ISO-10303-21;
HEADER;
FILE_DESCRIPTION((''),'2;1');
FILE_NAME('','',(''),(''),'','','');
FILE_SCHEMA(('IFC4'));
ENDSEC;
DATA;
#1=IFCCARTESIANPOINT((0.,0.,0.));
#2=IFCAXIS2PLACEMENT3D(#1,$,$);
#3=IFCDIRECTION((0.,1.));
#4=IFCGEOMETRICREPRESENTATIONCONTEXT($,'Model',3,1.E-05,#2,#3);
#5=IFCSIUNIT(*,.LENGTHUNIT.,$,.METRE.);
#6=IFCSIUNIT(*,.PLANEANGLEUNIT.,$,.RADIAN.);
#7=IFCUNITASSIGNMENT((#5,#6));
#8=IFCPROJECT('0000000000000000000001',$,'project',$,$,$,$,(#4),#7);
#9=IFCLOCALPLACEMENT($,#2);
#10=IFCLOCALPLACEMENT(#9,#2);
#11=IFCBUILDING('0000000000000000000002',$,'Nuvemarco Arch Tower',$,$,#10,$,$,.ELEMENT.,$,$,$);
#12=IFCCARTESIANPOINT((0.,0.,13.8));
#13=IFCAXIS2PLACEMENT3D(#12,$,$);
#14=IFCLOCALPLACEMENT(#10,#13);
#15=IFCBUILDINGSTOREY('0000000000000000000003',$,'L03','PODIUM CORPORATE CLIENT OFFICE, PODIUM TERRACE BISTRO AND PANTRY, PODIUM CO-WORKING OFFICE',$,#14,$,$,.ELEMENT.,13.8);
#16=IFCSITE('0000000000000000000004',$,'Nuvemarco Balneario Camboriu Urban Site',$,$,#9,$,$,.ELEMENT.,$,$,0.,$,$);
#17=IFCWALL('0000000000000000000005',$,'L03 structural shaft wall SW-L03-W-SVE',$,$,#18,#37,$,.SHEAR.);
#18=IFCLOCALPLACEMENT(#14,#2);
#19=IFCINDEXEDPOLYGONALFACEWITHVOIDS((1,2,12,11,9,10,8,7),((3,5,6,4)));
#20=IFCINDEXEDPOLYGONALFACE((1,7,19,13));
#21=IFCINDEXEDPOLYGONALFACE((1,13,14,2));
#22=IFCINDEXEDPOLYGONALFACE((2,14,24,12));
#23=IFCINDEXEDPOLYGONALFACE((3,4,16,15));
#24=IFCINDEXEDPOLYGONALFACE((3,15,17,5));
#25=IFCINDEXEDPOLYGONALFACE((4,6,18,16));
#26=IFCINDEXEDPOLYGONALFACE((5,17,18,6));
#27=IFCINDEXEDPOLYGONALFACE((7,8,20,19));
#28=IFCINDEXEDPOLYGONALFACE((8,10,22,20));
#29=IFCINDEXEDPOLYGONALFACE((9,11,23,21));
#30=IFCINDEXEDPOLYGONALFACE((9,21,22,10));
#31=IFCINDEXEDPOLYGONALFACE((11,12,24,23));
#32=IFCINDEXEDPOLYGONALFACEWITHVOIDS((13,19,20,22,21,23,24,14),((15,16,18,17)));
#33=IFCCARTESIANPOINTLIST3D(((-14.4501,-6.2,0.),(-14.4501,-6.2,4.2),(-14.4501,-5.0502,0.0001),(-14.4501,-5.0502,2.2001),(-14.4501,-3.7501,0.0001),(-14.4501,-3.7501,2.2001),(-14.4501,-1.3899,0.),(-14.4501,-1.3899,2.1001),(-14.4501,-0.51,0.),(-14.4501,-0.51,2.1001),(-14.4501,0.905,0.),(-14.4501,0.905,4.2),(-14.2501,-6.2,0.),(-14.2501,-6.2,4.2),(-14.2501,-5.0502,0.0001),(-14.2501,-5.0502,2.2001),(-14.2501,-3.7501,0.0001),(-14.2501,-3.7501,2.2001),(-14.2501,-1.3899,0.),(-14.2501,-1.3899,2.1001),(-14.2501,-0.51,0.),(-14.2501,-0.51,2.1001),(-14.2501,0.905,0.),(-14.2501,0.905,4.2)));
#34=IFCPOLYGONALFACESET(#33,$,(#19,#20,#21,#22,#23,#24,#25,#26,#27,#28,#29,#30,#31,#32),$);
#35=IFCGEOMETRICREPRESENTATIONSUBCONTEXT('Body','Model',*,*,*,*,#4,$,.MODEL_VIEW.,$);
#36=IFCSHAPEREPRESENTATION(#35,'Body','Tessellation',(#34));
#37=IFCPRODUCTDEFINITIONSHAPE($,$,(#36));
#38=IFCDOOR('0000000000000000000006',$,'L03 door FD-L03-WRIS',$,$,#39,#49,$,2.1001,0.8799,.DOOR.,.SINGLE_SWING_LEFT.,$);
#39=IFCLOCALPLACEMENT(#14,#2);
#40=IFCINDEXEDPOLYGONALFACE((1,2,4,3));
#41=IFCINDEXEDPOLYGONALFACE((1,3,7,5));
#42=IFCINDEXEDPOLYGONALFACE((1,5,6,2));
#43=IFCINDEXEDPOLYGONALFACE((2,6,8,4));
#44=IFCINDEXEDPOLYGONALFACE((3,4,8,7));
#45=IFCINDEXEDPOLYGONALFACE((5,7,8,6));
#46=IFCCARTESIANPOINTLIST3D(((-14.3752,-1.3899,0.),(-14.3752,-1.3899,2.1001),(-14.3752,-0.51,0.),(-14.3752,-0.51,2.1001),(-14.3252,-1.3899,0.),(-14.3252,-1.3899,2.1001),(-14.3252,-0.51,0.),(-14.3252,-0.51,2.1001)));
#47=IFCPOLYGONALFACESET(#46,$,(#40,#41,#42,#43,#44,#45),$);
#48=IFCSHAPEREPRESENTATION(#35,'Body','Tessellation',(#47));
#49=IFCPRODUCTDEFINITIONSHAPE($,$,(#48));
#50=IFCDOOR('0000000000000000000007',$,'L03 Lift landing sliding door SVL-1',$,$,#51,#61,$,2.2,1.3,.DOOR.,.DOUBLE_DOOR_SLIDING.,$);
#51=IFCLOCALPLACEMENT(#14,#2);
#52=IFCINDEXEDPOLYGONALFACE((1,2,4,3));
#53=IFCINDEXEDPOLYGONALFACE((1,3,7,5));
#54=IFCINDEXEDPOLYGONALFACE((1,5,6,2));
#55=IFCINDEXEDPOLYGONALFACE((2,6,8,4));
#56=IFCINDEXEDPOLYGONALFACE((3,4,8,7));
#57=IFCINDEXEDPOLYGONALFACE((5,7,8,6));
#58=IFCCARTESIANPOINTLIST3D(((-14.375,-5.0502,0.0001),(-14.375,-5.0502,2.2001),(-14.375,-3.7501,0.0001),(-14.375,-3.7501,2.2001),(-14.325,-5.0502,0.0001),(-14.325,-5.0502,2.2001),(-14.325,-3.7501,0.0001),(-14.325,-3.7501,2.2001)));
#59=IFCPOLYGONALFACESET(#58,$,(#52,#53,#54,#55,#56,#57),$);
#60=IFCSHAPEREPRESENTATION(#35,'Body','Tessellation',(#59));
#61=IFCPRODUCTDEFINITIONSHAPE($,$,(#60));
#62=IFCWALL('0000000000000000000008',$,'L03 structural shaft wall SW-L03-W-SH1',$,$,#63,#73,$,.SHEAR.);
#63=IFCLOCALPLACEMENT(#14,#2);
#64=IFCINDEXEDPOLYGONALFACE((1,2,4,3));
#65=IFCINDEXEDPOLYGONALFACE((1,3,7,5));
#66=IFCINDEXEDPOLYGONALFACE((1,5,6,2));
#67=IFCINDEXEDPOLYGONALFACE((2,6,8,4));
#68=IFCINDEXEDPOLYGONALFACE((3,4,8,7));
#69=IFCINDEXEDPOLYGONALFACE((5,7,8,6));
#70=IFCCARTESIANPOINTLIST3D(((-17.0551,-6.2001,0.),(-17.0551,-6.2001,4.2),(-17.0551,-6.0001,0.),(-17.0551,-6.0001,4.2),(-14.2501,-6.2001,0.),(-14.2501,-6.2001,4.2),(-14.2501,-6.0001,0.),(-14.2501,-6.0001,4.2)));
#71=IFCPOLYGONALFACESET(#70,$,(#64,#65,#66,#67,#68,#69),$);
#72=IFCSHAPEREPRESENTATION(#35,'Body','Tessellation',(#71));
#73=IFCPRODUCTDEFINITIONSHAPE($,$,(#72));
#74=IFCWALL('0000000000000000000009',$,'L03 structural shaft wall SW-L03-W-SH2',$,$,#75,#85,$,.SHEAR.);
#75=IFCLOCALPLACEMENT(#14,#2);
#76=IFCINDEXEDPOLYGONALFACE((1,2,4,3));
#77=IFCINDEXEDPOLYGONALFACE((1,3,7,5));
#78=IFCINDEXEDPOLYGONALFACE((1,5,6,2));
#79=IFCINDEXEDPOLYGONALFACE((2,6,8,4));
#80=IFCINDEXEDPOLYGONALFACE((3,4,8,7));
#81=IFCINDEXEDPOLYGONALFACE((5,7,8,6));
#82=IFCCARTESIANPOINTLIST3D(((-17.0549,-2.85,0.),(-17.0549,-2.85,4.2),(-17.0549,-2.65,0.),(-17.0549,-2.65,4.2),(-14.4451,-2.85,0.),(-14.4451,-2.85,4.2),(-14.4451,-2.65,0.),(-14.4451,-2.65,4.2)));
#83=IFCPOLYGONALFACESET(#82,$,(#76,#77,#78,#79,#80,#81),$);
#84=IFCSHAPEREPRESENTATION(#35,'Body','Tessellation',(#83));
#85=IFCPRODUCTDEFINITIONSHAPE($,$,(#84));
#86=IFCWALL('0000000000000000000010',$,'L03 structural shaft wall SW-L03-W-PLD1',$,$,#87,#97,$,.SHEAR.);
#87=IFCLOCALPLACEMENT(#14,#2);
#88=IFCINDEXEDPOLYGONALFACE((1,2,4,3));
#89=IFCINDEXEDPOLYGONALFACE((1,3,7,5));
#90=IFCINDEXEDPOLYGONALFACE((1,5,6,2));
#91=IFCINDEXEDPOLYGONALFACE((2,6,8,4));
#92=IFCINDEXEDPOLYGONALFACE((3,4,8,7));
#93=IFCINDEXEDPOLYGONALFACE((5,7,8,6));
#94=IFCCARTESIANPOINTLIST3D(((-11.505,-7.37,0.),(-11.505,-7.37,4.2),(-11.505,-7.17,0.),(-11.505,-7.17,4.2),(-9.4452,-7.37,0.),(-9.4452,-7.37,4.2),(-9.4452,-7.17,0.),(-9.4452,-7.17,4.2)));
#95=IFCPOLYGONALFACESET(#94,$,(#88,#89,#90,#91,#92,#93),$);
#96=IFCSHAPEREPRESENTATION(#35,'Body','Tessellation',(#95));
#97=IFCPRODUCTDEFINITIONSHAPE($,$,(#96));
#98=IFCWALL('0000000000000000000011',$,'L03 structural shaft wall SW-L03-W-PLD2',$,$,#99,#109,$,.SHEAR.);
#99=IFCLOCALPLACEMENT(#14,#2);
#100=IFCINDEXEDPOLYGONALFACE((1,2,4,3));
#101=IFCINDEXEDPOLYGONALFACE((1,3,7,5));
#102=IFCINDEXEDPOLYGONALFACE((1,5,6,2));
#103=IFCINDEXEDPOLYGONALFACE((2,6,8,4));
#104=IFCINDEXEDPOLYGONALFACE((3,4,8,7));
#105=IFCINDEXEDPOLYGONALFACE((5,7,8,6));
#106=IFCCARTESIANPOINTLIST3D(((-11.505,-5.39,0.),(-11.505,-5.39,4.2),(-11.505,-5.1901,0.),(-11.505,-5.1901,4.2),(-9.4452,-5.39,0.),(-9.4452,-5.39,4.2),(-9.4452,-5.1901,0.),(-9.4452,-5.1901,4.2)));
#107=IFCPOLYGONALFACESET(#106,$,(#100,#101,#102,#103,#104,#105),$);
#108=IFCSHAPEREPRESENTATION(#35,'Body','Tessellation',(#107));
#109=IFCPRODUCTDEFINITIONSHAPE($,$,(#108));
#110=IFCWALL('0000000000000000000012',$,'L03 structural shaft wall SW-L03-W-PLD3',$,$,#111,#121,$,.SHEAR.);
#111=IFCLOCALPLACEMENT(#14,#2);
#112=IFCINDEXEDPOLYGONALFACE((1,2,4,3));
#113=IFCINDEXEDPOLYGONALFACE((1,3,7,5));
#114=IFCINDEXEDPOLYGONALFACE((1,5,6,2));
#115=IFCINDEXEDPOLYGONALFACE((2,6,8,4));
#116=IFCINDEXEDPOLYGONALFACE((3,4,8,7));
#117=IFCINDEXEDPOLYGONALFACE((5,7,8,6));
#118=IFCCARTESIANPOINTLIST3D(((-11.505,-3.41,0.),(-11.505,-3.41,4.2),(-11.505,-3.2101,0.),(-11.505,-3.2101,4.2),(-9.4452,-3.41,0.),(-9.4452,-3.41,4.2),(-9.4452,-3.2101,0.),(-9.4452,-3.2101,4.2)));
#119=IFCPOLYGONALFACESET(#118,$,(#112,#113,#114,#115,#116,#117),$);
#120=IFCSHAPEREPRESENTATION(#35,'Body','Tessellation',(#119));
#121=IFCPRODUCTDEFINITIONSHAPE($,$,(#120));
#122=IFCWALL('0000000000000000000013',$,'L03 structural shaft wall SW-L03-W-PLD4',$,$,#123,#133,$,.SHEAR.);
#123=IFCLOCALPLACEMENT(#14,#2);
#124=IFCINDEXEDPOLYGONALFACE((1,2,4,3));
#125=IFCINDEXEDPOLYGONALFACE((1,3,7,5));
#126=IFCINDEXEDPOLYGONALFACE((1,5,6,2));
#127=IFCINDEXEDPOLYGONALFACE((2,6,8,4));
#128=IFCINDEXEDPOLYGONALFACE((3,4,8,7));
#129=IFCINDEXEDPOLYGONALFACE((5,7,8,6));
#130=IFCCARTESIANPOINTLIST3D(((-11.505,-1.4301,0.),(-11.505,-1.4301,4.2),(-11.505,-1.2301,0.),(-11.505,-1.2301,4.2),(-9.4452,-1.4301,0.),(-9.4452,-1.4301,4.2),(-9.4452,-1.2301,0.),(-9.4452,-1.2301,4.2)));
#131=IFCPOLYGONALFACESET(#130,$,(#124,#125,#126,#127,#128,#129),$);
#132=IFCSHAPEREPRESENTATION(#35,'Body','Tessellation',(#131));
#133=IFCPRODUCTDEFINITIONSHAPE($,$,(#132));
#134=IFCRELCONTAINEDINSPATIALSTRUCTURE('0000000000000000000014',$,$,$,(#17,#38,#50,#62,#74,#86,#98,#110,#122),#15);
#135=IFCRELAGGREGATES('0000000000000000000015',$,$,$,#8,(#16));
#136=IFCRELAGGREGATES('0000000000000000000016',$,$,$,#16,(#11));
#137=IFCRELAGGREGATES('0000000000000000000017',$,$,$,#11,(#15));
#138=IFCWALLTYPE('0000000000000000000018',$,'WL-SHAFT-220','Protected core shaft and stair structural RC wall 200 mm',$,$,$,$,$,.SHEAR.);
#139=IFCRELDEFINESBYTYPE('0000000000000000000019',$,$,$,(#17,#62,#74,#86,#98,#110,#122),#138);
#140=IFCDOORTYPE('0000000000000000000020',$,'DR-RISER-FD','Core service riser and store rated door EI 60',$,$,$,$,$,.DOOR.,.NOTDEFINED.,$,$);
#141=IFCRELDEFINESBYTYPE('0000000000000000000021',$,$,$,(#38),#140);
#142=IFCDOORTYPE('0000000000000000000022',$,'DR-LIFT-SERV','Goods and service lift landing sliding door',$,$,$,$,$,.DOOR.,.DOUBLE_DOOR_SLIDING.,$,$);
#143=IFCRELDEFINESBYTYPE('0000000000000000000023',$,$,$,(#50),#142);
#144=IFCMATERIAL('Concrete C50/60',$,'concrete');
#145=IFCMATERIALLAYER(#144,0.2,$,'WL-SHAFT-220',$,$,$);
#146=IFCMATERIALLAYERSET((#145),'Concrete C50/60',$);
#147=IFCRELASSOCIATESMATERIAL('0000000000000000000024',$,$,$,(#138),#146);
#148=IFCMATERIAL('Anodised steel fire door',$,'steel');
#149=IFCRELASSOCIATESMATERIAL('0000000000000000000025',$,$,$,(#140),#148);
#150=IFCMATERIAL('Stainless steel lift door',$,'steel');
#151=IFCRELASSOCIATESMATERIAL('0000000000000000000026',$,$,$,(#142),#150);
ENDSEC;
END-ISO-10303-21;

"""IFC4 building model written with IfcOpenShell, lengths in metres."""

from ifc_helpers import new_model, si_unit, direction, frame, frame_2d, origin, place, context, subcontext, project, spatial, rectangle, extrude, source, transform, mapped, material, layer, layer_set, type_object, type_shapes, element, fill, save


model = new_model("IFC4")

# Units and contexts
model_context = context("Model", 3, precision=1e-05, world=origin(), true_north=direction((0.0, 1.0)))
body_context = subcontext(model_context, "Body", "Model", "MODEL_VIEW")
ifc_project = project(units=[si_unit("LENGTHUNIT", "METRE"), si_unit("PLANEANGLEUNIT", "RADIAN")], contexts=[model_context])

# Site, building, storey
site_placement = place(None, origin())
site = spatial("IfcSite", under=ifc_project, at=site_placement, Name="Nuvemarco Balneario Camboriu Urban Site", CompositionType="ELEMENT", RefElevation=0.0)
building_placement = place(site_placement, origin())
building = spatial("IfcBuilding", under=site, at=building_placement, Name="Nuvemarco Arch Tower", CompositionType="ELEMENT")
storey_placement = place(building_placement, frame((0.0, 0.0, 13.8)))
storey = spatial("IfcBuildingStorey", under=building, at=storey_placement, Name="L03", Description="PODIUM CORPORATE CLIENT OFFICE, PODIUM TERRACE BISTRO AND PANTRY, PODIUM CO-WORKING OFFICE", CompositionType="ELEMENT", Elevation=13.8)

# Shared definitions
ifc_material_1 = material(Name="Concrete C50/60", Category="concrete")
ifc_layer_1 = layer(ifc_material_1, 0.2, Name="WL-SHAFT-220")
ifc_layer_set_1 = layer_set([ifc_layer_1], Name="Concrete C50/60")
wall_type_1 = type_object("IfcWallType", Name="WL-SHAFT-220", Description="Protected core shaft and stair structural RC wall 200 mm", PredefinedType="SHEAR", material=ifc_layer_set_1)
ifc_material_2 = material(Name="Stainless steel lift door", Category="steel")

# Wall, openings, doors
wall_1_placement = place(storey_placement, frame((-14.3501, -6.2, 0.0), z_axis=(0.0, 0.0, 1.0), x_axis=(0.0, 1.0, 0.0)))
wall_1 = element("IfcWall", 1, at=wall_1_placement, inside=storey, type_object=wall_type_1, Name="L03 structural shaft wall SW-L03-W-SVE", PredefinedType="SHEAR", context=body_context, shape_type="SweptSolid", body=[
    extrude(rectangle(XDim=7.105, YDim=0.2, at=frame_2d((3.5525, 0.0))), origin(), (0.0, 0.0, 1.0), 4.2),
])
opening_1_placement = place(wall_1_placement, frame((5.6899, 0.0, 0.0), z_axis=(0.0, 0.0, 1.0), x_axis=(-1.0, 0.0, 0.0)))
opening_1 = element("IfcOpeningElement", 2, at=opening_1_placement, cuts=wall_1, PredefinedType="OPENING", context=body_context, shape_type="SweptSolid", body=[
    extrude(rectangle(XDim=0.8799, YDim=2.1001, at=frame_2d((0.4399, 1.05))), frame((0.0, 0.1099, 0.0), z_axis=(0.0, -1.0, 0.0), x_axis=(1.0, 0.0, 0.0)), (0.0, 0.0, 1.0), 0.22),
])
opening_2_placement = place(wall_1_placement, frame((1.1499, 0.0, 0.0)))
opening_2 = element("IfcOpeningElement", 3, at=opening_2_placement, cuts=wall_1, PredefinedType="OPENING", context=body_context, shape_type="SweptSolid", body=[
    extrude(rectangle(XDim=1.3, YDim=2.2, at=frame_2d((0.6499, 1.1001))), frame((0.0, 0.1099, 0.0), z_axis=(0.0, -1.0, 0.0), x_axis=(1.0, 0.0, 0.0)), (0.0, 0.0, 1.0), 0.22),
])
ifc_material_3 = material(Name="Anodised steel fire door", Category="steel")
door_type_1 = type_object("IfcDoorType", Name="DR-RISER-FD", Description="Core service riser and store rated door EI 60", OperationType="NOTDEFINED", PredefinedType="DOOR", material=ifc_material_3)
shared_shape_1 = source(origin(), body_context, "Body", "SweptSolid", [
    extrude(rectangle(XDim=0.8799, YDim=2.1001, at=frame_2d((0.4399, 1.05))), frame((0.0, 0.0249, 0.0), z_axis=(0.0, -1.0, 0.0), x_axis=(1.0, 0.0, 0.0)), (0.0, 0.0, 1.0), 0.05),
])
type_shapes(door_type_1, [shared_shape_1])
door_1_placement = place(opening_1_placement, origin())
door_1 = element("IfcDoor", 4, at=door_1_placement, inside=storey, type_object=door_type_1, Name="L03 door FD-L03-WRIS", OperationType="SINGLE_SWING_LEFT", OverallHeight=2.1001, OverallWidth=0.8799, PredefinedType="DOOR", context=body_context, shape_type="MappedRepresentation", body=[
    mapped(shared_shape_1, transform((0.0, 0.0, 0.0), scale=1.0)),
])
fill(opening_1, door_1)
door_type_2 = type_object("IfcDoorType", Name="DR-LIFT-SERV", Description="Goods and service lift landing sliding door", OperationType="DOUBLE_DOOR_SLIDING", PredefinedType="DOOR", material=ifc_material_2)
shared_shape_2 = source(origin(), body_context, "Body", "SweptSolid", [
    extrude(rectangle(XDim=1.3, YDim=2.2, at=frame_2d((0.6499, 1.1001))), frame((0.0, 0.0249, 0.0), z_axis=(0.0, -1.0, 0.0), x_axis=(1.0, 0.0, 0.0)), (0.0, 0.0, 1.0), 0.05),
])
type_shapes(door_type_2, [shared_shape_2])
door_2_placement = place(opening_2_placement, origin())
door_2 = element("IfcDoor", 5, at=door_2_placement, inside=storey, type_object=door_type_2, Name="L03 Lift landing sliding door SVL-1", OperationType="DOUBLE_DOOR_SLIDING", OverallHeight=2.2, OverallWidth=1.3, PredefinedType="DOOR", context=body_context, shape_type="MappedRepresentation", body=[
    mapped(shared_shape_2, transform((0.0, 0.0, 0.0), scale=1.0)),
])
fill(opening_2, door_2)

# Walls
wall_2_placement = place(storey_placement, frame((-17.0549, -6.1001, 0.0), z_axis=(0.0, 0.0, 1.0), x_axis=(1.0, 0.0, 0.0)))
element("IfcWall", 6, at=wall_2_placement, inside=storey, type_object=wall_type_1, Name="L03 structural shaft wall SW-L03-W-SH1", PredefinedType="SHEAR", context=body_context, shape_type="SweptSolid", body=[
    extrude(rectangle(XDim=2.8049, YDim=0.2, at=frame_2d((1.4023, 0.0))), origin(), (0.0, 0.0, 1.0), 4.2),
])
wall_3_placement = place(storey_placement, frame((-17.0549, -2.75, 0.0), z_axis=(0.0, 0.0, 1.0), x_axis=(1.0, 0.0, 0.0)))
element("IfcWall", 7, at=wall_3_placement, inside=storey, type_object=wall_type_1, Name="L03 structural shaft wall SW-L03-W-SH2", PredefinedType="SHEAR", context=body_context, shape_type="SweptSolid", body=[
    extrude(rectangle(XDim=2.6099, YDim=0.2, at=frame_2d((1.3049, 0.0))), origin(), (0.0, 0.0, 1.0), 4.2),
])

# Walls
for number, where, z_axis, x_axis, name in (
    (8, (-11.5049, -7.27, 0.0), (0.0, 0.0, 1.0), (1.0, 0.0, 0.0), "L03 structural shaft wall SW-L03-W-PLD1"),
    (9, (-11.5049, -5.29, 0.0), (0.0, 0.0, 1.0), (1.0, 0.0, 0.0), "L03 structural shaft wall SW-L03-W-PLD2"),
    (10, (-11.5049, -3.3101, 0.0), (0.0, 0.0, 1.0), (1.0, 0.0, 0.0), "L03 structural shaft wall SW-L03-W-PLD3"),
    (11, (-11.5049, -1.3301, 0.0), (0.0, 0.0, 1.0), (1.0, 0.0, 0.0), "L03 structural shaft wall SW-L03-W-PLD4"),
):
    element("IfcWall", number, at=place(storey_placement, frame(where, z_axis=z_axis, x_axis=x_axis)), inside=storey, type_object=wall_type_1, Name=name, PredefinedType="SHEAR", context=body_context, shape_type="SweptSolid", body=[
        extrude(rectangle(XDim=2.0598, YDim=0.2, at=frame_2d((1.0298, 0.0))), origin(), (0.0, 0.0, 1.0), 4.2),
    ])

save(model, "model.ifc")
